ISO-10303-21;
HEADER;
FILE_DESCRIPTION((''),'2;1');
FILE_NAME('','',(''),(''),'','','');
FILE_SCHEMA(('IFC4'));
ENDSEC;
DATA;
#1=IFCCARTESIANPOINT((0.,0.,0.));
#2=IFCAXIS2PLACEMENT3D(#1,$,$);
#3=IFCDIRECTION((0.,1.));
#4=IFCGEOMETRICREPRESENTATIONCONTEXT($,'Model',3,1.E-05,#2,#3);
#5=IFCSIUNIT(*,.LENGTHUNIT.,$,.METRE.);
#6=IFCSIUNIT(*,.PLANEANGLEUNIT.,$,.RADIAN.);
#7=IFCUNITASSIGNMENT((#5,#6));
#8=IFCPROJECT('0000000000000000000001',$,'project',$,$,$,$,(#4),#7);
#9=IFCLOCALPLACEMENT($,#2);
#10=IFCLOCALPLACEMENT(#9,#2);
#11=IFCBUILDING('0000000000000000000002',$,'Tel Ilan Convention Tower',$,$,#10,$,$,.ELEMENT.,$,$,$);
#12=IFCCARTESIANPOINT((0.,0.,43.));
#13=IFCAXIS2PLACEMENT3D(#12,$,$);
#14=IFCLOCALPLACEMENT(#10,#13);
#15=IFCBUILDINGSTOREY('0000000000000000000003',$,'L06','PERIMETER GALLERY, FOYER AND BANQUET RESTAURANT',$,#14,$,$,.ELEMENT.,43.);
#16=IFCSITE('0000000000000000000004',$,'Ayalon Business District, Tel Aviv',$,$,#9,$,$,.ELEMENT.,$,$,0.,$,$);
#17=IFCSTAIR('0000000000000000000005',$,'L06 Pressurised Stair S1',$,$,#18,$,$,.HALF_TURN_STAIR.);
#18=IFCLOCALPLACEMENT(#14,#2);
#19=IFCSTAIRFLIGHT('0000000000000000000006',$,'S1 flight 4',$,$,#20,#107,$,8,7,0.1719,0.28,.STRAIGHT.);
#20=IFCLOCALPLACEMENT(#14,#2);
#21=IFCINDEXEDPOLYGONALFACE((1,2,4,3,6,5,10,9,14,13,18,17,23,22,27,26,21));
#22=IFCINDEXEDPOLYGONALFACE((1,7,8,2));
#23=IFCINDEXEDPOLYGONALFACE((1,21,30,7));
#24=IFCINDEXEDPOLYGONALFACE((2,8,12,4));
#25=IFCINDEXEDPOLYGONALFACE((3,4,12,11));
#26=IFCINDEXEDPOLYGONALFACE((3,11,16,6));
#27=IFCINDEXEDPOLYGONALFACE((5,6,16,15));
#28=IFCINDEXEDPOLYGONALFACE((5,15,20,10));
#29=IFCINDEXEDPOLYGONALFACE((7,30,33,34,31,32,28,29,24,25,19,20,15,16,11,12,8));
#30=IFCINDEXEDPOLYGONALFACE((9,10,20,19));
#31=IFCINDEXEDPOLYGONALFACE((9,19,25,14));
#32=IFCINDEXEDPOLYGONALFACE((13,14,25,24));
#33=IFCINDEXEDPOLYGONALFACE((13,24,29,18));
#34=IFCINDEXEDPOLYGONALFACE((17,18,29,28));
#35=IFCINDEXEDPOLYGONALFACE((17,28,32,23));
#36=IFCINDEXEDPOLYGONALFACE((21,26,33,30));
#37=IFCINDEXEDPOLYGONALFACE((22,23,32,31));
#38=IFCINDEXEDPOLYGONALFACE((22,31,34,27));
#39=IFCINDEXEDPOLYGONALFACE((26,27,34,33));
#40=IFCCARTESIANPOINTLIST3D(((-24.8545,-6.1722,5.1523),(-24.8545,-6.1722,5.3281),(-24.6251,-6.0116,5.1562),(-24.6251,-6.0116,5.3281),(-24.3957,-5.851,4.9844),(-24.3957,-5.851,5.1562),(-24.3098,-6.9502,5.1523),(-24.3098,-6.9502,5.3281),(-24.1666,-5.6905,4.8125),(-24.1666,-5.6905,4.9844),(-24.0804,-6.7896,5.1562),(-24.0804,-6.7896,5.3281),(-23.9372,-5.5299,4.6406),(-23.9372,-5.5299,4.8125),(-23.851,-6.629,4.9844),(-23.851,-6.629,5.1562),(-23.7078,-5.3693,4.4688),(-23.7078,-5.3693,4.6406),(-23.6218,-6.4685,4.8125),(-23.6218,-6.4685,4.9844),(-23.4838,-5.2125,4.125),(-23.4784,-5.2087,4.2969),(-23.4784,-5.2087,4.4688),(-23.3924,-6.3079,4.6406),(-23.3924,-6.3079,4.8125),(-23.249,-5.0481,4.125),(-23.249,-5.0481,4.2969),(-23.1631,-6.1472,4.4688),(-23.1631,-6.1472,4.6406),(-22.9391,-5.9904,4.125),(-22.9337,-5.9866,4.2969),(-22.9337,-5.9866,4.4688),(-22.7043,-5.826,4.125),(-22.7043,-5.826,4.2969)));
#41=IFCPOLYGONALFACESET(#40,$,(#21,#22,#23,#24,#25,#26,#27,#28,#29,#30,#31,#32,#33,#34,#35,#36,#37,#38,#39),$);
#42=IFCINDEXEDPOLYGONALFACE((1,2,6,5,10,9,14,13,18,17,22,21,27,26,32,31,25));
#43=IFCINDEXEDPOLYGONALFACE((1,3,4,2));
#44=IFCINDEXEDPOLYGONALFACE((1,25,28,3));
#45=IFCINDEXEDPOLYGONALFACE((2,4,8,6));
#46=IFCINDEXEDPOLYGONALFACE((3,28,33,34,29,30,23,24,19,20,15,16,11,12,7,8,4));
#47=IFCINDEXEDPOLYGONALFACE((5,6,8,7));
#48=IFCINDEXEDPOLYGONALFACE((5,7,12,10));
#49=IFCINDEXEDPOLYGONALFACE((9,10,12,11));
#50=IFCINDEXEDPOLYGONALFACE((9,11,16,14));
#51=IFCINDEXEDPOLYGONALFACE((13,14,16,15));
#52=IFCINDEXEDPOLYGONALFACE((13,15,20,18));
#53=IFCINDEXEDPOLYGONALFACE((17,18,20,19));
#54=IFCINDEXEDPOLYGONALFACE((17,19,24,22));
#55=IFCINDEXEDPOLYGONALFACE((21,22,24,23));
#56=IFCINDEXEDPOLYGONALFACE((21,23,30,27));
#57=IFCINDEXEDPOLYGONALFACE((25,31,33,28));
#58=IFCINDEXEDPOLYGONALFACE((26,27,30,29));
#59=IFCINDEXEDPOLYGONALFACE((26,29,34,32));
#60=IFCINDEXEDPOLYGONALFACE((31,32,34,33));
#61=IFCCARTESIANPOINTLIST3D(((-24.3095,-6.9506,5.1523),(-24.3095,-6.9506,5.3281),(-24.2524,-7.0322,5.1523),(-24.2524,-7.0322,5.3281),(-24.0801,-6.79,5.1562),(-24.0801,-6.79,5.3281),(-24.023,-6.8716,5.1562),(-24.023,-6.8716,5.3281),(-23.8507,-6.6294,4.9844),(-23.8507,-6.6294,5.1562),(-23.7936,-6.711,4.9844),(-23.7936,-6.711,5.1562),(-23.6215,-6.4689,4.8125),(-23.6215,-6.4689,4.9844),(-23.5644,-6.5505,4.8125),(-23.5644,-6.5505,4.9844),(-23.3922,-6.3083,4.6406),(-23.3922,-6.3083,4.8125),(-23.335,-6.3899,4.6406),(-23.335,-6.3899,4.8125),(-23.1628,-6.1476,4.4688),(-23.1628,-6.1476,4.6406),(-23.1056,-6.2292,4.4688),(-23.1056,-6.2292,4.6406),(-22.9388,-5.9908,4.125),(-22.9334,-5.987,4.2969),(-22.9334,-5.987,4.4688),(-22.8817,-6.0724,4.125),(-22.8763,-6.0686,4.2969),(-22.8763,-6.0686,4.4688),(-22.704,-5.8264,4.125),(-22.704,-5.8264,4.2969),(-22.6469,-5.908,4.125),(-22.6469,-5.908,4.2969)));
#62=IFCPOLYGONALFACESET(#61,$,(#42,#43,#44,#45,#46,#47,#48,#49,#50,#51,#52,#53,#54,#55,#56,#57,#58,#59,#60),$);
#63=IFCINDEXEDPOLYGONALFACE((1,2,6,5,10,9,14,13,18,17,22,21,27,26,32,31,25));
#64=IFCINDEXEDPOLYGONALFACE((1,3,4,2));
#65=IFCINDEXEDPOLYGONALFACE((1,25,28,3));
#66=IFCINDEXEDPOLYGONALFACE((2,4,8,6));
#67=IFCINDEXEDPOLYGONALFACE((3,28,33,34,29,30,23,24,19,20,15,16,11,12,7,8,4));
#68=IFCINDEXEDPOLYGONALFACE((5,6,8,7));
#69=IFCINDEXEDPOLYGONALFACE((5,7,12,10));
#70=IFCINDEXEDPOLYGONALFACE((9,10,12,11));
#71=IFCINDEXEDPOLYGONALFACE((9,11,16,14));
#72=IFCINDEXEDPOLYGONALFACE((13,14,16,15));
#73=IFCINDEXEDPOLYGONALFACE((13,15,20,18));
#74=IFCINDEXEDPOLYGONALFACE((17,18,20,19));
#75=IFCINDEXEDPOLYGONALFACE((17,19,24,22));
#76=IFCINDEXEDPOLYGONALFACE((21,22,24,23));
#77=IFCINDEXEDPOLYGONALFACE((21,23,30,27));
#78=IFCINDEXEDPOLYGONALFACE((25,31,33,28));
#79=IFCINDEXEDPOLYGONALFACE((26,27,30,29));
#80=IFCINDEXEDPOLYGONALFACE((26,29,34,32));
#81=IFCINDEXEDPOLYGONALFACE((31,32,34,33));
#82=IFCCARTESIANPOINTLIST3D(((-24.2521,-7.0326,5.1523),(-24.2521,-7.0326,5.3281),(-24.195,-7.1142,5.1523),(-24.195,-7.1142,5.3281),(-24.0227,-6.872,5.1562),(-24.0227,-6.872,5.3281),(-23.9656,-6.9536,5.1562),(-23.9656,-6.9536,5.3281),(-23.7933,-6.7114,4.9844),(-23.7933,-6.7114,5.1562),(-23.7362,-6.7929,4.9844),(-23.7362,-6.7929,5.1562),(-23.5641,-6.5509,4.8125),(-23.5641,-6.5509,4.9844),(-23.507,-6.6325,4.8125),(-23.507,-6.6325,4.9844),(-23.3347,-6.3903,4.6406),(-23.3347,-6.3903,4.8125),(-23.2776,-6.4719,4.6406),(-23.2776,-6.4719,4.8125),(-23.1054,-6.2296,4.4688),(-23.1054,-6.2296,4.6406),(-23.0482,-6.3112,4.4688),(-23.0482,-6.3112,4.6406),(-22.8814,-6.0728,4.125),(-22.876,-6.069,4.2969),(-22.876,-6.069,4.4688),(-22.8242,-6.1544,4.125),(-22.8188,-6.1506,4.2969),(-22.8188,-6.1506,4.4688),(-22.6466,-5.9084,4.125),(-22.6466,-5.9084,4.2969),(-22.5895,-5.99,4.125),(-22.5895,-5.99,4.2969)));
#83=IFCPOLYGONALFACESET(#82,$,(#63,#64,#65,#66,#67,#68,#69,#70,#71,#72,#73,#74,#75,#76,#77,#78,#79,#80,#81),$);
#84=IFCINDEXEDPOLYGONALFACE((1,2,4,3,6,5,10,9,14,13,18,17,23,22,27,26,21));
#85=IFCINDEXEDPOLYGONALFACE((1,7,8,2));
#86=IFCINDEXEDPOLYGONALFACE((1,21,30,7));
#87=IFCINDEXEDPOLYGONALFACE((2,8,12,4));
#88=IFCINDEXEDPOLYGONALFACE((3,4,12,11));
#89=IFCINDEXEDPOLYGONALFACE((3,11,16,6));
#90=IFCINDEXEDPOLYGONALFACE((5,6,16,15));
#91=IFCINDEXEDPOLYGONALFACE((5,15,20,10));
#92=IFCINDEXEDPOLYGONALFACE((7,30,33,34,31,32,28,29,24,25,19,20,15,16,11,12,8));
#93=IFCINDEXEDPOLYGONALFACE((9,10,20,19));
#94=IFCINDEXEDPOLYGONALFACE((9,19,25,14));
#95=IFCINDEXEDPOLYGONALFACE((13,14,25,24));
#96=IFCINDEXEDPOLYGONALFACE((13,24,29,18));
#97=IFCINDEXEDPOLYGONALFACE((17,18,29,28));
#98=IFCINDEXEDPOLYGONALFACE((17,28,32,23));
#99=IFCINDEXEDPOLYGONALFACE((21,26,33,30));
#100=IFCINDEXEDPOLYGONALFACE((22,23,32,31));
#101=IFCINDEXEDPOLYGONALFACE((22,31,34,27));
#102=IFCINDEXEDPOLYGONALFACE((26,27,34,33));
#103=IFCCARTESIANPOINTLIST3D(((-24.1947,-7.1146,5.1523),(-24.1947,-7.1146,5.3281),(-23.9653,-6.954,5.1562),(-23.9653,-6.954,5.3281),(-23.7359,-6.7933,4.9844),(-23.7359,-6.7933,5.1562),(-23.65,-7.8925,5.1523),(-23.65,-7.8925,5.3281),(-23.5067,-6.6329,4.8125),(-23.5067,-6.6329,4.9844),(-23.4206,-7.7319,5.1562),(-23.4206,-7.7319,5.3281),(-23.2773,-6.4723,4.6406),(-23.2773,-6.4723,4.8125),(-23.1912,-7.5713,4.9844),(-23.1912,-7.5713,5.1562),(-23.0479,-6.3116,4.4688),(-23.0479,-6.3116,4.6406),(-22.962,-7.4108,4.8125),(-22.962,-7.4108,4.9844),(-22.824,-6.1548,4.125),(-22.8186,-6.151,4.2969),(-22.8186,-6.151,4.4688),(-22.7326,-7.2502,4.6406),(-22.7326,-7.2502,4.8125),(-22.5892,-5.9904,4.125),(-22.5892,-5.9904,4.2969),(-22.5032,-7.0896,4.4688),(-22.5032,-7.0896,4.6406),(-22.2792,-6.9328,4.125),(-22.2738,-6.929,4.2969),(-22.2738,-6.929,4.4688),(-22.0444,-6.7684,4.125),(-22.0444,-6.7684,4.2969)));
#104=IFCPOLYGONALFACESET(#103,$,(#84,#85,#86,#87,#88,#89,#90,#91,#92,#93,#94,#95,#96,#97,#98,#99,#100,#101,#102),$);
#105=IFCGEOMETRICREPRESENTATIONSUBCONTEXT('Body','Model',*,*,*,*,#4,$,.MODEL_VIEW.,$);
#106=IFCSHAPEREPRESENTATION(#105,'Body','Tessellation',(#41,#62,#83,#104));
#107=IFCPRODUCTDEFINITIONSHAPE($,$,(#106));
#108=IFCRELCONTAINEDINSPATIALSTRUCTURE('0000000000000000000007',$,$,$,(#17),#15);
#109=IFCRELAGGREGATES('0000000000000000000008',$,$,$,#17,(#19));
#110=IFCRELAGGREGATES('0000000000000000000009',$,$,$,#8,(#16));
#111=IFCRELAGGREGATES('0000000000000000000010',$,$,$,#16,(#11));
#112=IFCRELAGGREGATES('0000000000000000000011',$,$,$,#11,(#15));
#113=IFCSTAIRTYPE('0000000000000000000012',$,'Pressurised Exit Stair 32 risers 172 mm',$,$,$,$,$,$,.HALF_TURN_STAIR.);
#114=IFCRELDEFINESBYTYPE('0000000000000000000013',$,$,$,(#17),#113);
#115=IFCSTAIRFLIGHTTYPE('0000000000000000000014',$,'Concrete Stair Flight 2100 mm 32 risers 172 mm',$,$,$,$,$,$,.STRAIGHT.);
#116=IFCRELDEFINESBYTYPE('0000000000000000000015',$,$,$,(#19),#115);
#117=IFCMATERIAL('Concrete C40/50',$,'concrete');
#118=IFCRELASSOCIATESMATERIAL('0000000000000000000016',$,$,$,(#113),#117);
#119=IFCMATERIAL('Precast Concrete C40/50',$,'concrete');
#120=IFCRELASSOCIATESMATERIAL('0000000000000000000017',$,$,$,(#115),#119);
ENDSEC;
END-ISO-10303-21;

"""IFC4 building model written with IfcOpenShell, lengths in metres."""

from ifc_helpers import new_model, si_unit, direction, frame, origin, place, context, subcontext, project, spatial, polyline, outline, extrude, material, type_object, element, aggregate, save


model = new_model("IFC4")

# Units and contexts
model_context = context("Model", 3, precision=1e-05, world=origin(), true_north=direction((0.0, 1.0)))
body_context = subcontext(model_context, "Body", "Model", "MODEL_VIEW")
ifc_project = project(units=[si_unit("LENGTHUNIT", "METRE"), si_unit("PLANEANGLEUNIT", "RADIAN")], contexts=[model_context])

# Site, building, storey
site_placement = place(None, origin())
site = spatial("IfcSite", under=ifc_project, at=site_placement, Name="Ayalon Business District, Tel Aviv", CompositionType="ELEMENT", RefElevation=0.0)
building_placement = place(site_placement, origin())
building = spatial("IfcBuilding", under=site, at=building_placement, Name="Tel Ilan Convention Tower", CompositionType="ELEMENT")
storey_placement = place(building_placement, frame((0.0, 0.0, 43.0)))
storey = spatial("IfcBuildingStorey", under=building, at=storey_placement, Name="L06", Description="PERIMETER GALLERY, FOYER AND BANQUET RESTAURANT", CompositionType="ELEMENT", Elevation=43.0)

# Stair, stair flight
ifc_material_1 = material(Name="Concrete C40/50", Category="concrete")
stair_type = type_object("IfcStairType", Name="Pressurised Exit Stair 32 risers 172 mm", PredefinedType="HALF_TURN_STAIR", material=ifc_material_1)
stair_1_placement = place(storey_placement, origin())
stair_1 = element("IfcStair", 1, at=stair_1_placement, inside=storey, type_object=stair_type, Name="L06 Pressurised Stair S1", PredefinedType="HALF_TURN_STAIR")
ifc_material_2 = material(Name="Precast Concrete C40/50", Category="concrete")
stair_flight_type = type_object("IfcStairFlightType", Name="Concrete Stair Flight 2100 mm 32 risers 172 mm", PredefinedType="STRAIGHT", material=ifc_material_2)
stair_flight_1_placement = place(storey_placement, frame((-22.6467, -5.9082, 4.125), z_axis=(0.0, 0.0, 1.0), x_axis=(-0.819152, -0.573576, 0.0)))
stair_flight_1 = element("IfcStairFlight", 2, at=stair_flight_1_placement, type_object=stair_flight_type, Name="S1 flight 4", NumberOfRisers=8, NumberOfTreads=7, PredefinedType="STRAIGHT", RiserHeight=0.1719, TreadLength=0.28, context=body_context, shape_type="SweptSolid", body=[
    extrude(outline(polyline([(0.0, 0.0), (0.0, 0.1719), (0.28, 0.1719), (0.28, 0.3438), (0.5601, 0.3438), (0.5601, 0.5156), (0.8401, 0.5156), (0.8401, 0.6875), (1.1201, 0.6875), (1.1201, 0.8594), (1.3999, 0.8594), (1.3999, 1.0312), (1.6799, 1.0312), (1.6799, 1.2031), (1.96, 1.2031), (1.96, 1.375), (1.96, 1.0273), (0.2866, 0.0), (0.0, 0.0)])), frame((0.0, -0.1003, 0.0), z_axis=(0.0, -1.0, 0.0), x_axis=(1.0, 0.0, 0.0)), (0.0, 0.0, 1.0), 0.9497),
    extrude(outline(polyline([(0.0, 0.0), (0.0, 0.1719), (0.28, 0.1719), (0.28, 0.3438), (0.5601, 0.3438), (0.5601, 0.5156), (0.8401, 0.5156), (0.8401, 0.6875), (1.1201, 0.6875), (1.1201, 0.8594), (1.3999, 0.8594), (1.3999, 1.0312), (1.6799, 1.0312), (1.6799, 1.2031), (1.96, 1.2031), (1.96, 1.375), (1.96, 1.0273), (0.2866, 0.0), (0.0, 0.0)])), frame((0.0, -0.0002, 0.0), z_axis=(0.0, -1.0, 0.0), x_axis=(1.0, 0.0, 0.0)), (0.0, 0.0, 1.0), 0.0996),
    extrude(outline(polyline([(0.0, 0.0), (0.0, 0.1719), (0.28, 0.1719), (0.28, 0.3438), (0.5601, 0.3438), (0.5601, 0.5156), (0.8401, 0.5156), (0.8401, 0.6875), (1.1201, 0.6875), (1.1201, 0.8594), (1.3999, 0.8594), (1.3999, 1.0312), (1.6799, 1.0312), (1.6799, 1.2031), (1.96, 1.2031), (1.96, 1.375), (1.96, 1.0273), (0.2866, 0.0), (0.0, 0.0)])), frame((0.0, 0.0999, 0.0), z_axis=(0.0, -1.0, 0.0), x_axis=(1.0, 0.0, 0.0)), (0.0, 0.0, 1.0), 0.0996),
    extrude(outline(polyline([(0.0, 0.0), (0.0, 0.1719), (0.28, 0.1719), (0.28, 0.3438), (0.5601, 0.3438), (0.5601, 0.5156), (0.8401, 0.5156), (0.8401, 0.6875), (1.1201, 0.6875), (1.1201, 0.8594), (1.3999, 0.8594), (1.3999, 1.0312), (1.6799, 1.0312), (1.6799, 1.2031), (1.96, 1.2031), (1.96, 1.375), (1.96, 1.0273), (0.2866, 0.0), (0.0, 0.0)])), frame((0.0, 1.05, 0.0), z_axis=(0.0, -1.0, 0.0), x_axis=(1.0, 0.0, 0.0)), (0.0, 0.0, 1.0), 0.9497),
])
aggregate(stair_1, [stair_flight_1])

save(model, "model.ifc")
